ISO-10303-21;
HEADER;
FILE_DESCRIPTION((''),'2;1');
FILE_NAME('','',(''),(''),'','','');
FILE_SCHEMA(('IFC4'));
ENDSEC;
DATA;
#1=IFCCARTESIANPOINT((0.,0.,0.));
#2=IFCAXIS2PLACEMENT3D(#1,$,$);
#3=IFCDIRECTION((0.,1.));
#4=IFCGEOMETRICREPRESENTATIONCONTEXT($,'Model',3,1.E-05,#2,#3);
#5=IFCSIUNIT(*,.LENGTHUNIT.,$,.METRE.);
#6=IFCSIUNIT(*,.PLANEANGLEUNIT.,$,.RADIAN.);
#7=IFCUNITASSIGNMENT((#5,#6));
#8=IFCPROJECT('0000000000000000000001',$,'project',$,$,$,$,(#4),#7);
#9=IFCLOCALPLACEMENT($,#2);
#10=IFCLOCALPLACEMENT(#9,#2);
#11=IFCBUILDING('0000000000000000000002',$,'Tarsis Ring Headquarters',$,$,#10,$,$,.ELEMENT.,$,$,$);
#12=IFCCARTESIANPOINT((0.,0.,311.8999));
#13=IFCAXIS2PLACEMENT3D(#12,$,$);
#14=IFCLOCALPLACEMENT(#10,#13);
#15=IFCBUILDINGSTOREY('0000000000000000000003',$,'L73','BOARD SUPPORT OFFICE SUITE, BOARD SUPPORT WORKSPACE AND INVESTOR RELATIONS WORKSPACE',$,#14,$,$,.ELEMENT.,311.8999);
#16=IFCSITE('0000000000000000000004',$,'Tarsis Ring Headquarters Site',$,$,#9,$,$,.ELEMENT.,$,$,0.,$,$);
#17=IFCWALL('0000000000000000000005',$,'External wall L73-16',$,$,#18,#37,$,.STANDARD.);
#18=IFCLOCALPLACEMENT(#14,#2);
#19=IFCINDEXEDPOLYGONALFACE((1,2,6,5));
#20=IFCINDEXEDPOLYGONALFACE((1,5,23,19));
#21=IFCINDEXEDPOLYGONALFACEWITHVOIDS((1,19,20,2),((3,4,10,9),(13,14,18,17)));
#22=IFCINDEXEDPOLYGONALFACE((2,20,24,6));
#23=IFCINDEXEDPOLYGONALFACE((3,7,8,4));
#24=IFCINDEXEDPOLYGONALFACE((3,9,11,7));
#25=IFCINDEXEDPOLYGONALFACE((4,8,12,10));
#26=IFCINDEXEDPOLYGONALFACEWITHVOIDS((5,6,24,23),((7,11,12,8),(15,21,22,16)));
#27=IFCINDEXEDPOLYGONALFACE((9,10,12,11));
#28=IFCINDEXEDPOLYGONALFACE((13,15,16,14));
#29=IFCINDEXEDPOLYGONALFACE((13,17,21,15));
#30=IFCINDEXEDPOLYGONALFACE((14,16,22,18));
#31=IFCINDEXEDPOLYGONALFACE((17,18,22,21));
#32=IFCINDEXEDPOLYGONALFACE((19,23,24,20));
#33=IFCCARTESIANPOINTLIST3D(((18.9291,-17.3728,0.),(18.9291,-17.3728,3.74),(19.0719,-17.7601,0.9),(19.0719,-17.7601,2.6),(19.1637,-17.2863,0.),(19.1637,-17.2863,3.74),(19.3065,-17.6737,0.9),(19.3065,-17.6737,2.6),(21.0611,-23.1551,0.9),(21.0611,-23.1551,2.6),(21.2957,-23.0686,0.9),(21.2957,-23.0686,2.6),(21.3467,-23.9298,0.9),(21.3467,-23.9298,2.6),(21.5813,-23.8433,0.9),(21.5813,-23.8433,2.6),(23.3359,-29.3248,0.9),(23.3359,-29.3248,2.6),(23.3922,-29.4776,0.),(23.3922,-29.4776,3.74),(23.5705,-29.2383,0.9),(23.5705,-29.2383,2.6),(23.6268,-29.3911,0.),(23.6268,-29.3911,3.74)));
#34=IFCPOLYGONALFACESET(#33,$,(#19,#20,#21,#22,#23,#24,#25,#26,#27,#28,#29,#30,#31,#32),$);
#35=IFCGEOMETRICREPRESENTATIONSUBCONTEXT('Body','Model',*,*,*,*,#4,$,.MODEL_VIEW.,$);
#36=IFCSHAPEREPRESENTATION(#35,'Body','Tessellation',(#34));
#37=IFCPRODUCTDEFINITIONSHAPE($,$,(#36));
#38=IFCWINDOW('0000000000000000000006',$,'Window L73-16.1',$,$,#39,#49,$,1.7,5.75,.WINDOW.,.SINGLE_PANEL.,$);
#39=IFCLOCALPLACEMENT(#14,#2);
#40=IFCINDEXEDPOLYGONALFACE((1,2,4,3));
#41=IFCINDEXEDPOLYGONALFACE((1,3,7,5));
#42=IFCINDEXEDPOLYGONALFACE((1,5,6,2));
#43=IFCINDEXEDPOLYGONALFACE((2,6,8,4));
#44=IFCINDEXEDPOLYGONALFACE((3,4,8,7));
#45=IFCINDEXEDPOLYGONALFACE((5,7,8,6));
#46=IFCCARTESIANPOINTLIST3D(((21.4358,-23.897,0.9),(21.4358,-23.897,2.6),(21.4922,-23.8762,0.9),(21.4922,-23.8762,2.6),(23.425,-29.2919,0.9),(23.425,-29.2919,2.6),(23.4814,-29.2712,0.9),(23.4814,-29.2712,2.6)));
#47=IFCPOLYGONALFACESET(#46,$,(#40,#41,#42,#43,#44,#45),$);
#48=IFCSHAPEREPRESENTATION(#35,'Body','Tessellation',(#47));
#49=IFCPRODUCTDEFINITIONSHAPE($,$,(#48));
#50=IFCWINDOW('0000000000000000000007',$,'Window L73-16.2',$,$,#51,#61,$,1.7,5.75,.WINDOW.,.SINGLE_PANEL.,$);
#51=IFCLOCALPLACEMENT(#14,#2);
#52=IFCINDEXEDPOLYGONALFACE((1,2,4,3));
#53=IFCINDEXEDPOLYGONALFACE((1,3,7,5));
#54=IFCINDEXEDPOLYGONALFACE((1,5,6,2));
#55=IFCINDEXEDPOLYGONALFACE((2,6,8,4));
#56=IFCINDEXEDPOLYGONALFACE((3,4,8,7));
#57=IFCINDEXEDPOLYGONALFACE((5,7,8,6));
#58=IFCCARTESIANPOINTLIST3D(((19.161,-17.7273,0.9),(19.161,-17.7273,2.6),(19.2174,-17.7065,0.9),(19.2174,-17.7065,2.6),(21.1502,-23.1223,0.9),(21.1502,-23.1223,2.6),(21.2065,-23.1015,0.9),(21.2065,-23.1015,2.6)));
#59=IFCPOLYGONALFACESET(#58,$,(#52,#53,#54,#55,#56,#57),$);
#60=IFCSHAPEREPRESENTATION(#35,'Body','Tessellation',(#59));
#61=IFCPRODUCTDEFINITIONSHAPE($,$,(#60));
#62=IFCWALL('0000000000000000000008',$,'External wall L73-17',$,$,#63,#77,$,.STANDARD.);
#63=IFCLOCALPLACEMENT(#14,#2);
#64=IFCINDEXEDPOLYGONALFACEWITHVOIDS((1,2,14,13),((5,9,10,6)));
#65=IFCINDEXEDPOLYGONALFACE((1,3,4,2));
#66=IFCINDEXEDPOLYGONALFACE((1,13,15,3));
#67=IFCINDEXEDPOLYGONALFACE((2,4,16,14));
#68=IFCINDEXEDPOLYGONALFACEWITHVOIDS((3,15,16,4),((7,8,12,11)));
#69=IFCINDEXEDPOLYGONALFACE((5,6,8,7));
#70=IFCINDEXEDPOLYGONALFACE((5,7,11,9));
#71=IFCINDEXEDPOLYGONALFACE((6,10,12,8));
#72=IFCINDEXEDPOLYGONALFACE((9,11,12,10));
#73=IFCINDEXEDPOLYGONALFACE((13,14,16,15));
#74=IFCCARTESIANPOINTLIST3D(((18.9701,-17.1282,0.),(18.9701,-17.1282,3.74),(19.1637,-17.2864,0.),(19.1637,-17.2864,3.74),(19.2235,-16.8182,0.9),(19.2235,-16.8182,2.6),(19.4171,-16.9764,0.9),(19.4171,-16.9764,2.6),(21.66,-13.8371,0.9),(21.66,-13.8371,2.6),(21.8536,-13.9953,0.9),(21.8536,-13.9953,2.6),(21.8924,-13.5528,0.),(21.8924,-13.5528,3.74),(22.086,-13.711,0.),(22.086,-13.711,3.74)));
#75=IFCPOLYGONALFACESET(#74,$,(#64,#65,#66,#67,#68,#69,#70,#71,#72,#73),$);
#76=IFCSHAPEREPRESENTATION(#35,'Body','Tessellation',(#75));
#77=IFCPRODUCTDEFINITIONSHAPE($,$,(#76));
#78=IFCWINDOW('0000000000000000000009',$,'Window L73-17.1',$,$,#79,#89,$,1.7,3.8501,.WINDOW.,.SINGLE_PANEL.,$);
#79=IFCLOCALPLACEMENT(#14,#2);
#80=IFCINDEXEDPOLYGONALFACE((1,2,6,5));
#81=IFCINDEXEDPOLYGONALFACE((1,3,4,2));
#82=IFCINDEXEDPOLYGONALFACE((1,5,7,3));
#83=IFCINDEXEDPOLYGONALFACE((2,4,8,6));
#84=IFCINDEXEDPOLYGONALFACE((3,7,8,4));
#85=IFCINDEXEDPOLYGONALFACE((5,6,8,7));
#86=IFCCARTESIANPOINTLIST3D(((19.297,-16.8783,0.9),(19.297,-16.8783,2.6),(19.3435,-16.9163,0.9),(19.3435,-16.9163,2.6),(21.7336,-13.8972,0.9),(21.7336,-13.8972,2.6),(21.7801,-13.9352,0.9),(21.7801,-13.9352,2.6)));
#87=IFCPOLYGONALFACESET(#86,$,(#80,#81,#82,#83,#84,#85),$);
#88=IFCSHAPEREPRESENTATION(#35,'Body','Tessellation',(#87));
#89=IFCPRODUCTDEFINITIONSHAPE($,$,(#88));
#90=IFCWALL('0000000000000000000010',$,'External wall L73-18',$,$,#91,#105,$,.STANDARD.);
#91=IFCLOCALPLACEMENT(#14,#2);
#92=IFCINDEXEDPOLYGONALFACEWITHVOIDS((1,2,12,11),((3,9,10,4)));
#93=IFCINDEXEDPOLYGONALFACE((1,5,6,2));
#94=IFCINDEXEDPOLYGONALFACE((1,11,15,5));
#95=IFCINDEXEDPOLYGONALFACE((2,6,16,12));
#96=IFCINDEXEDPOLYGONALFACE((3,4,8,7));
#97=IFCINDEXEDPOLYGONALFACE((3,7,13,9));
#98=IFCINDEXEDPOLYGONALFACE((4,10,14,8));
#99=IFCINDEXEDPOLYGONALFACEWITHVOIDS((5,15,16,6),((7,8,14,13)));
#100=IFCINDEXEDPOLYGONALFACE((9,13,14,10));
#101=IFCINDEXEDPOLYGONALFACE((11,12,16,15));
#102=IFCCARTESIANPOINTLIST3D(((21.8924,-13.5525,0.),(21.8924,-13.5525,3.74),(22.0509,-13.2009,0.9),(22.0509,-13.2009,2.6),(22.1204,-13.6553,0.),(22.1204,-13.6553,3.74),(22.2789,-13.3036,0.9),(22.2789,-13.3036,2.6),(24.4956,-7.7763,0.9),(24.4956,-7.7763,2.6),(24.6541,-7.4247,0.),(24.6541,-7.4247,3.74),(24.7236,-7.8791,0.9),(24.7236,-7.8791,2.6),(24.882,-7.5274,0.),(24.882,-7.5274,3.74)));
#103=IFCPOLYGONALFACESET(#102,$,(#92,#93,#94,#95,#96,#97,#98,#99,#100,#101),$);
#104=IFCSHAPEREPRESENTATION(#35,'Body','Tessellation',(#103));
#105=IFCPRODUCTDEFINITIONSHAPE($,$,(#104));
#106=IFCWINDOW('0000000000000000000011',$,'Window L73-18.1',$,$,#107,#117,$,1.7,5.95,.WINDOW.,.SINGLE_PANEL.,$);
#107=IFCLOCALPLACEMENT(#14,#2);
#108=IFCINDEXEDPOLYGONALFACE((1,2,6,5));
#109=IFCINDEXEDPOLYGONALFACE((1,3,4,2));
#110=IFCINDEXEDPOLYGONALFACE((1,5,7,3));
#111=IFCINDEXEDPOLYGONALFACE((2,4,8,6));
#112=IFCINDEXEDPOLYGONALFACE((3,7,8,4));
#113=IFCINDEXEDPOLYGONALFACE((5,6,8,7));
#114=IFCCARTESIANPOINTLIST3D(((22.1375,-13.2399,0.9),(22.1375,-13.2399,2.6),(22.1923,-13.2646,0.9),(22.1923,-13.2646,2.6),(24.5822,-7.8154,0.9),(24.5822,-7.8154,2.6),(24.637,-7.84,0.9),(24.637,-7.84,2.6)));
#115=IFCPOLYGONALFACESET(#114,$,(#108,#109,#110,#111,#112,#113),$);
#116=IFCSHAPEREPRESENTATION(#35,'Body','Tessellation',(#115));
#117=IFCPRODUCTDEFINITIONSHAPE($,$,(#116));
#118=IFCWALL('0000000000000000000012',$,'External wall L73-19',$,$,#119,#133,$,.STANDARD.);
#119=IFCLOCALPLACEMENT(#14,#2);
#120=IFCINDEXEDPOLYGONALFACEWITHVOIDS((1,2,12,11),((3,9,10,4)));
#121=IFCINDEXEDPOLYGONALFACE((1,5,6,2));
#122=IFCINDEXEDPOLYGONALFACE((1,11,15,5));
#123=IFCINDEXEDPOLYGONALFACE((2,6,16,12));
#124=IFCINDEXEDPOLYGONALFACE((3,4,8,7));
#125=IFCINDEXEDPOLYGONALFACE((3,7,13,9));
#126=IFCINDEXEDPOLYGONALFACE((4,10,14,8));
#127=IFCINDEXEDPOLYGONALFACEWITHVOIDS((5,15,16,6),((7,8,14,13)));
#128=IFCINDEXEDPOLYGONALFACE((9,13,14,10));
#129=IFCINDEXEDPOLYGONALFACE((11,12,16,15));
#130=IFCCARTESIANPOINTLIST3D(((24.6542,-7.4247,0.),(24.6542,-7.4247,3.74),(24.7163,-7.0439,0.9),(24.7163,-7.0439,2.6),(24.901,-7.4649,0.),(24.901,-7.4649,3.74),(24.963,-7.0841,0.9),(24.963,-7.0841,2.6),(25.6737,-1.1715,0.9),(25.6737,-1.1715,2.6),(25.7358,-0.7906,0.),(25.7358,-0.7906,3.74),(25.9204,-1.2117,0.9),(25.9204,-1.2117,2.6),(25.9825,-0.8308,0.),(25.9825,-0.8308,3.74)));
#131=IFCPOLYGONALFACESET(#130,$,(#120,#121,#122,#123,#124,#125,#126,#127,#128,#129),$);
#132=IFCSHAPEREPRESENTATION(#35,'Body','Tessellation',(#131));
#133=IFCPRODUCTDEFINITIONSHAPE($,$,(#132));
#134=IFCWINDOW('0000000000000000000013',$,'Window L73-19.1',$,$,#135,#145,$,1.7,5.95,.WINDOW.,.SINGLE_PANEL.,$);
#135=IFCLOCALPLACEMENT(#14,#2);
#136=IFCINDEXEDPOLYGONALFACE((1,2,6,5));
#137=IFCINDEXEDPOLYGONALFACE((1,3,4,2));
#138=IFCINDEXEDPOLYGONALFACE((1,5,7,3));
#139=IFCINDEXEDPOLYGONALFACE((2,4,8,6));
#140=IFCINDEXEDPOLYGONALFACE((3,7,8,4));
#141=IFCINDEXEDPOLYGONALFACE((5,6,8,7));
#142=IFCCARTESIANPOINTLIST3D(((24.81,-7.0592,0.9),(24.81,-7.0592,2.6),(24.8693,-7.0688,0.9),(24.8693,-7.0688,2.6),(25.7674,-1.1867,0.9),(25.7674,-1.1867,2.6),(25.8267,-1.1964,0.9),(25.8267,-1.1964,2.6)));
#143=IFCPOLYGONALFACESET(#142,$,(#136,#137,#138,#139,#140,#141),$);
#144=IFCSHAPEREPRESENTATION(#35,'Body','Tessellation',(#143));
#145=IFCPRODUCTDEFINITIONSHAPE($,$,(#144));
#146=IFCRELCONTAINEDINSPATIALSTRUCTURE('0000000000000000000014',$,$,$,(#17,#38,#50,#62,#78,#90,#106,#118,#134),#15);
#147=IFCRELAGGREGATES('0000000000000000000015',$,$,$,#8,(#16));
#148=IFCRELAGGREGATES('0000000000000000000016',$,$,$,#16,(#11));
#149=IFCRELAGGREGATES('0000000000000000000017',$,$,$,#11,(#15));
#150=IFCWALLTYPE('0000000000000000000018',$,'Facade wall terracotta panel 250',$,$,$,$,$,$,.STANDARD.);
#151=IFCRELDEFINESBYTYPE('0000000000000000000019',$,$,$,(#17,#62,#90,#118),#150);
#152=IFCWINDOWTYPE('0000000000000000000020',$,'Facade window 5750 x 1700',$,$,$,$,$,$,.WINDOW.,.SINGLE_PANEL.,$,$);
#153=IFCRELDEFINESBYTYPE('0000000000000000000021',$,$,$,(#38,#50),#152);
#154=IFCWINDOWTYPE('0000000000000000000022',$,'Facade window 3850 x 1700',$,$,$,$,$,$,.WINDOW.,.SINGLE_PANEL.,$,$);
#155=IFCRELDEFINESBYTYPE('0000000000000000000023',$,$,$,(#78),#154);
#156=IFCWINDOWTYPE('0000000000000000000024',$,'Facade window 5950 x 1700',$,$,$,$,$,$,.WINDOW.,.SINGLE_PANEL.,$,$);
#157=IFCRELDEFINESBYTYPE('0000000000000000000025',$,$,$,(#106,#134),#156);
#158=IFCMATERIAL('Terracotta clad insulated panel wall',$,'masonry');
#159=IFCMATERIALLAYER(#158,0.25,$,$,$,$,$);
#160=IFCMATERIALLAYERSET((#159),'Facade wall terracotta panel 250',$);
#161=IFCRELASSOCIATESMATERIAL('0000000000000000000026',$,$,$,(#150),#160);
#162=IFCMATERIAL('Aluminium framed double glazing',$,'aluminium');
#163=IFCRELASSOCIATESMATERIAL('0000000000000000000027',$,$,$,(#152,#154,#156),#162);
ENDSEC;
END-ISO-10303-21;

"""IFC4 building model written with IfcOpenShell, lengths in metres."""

from ifc_helpers import new_model, si_unit, direction, frame, frame_2d, origin, place, context, subcontext, project, spatial, rectangle, extrude, material, layer, layer_set, type_object, element, fill, save


model = new_model("IFC4")

# Units and contexts
model_context = context("Model", 3, precision=1e-05, world=origin(), true_north=direction((0.0, 1.0)))
body_context = subcontext(model_context, "Body", "Model", "MODEL_VIEW")
ifc_project = project(units=[si_unit("LENGTHUNIT", "METRE"), si_unit("PLANEANGLEUNIT", "RADIAN")], contexts=[model_context])

# Site, building, storey
site_placement = place(None, origin())
site = spatial("IfcSite", under=ifc_project, at=site_placement, Name="Tarsis Ring Headquarters Site", CompositionType="ELEMENT", RefElevation=0.0)
building_placement = place(site_placement, origin())
building = spatial("IfcBuilding", under=site, at=building_placement, Name="Tarsis Ring Headquarters", CompositionType="ELEMENT")
storey_placement = place(building_placement, frame((0.0, 0.0, 311.8999)))
storey = spatial("IfcBuildingStorey", under=building, at=storey_placement, Name="L73", Description="BOARD SUPPORT OFFICE SUITE, BOARD SUPPORT WORKSPACE AND INVESTOR RELATIONS WORKSPACE", CompositionType="ELEMENT", Elevation=311.8999)

# Shared definitions
ifc_material_1 = material(Name="Terracotta clad insulated panel wall", Category="masonry")
ifc_layer = layer(ifc_material_1, 0.25)
ifc_layer_set = layer_set([ifc_layer], Name="Facade wall terracotta panel 250")
wall_type = type_object("IfcWallType", Name="Facade wall terracotta panel 250", PredefinedType="STANDARD", material=ifc_layer_set)

# Wall, openings, windows
wall_1_placement = place(storey_placement, frame((23.5095, -29.4343, 0.0), z_axis=(0.0, 0.0, 1.0), x_axis=(-0.345944, 0.938255, 0.0)))
wall_1 = element("IfcWall", 1, at=wall_1_placement, inside=storey, type_object=wall_type, Name="External wall L73-16", PredefinedType="STANDARD", context=body_context, shape_type="SweptSolid", body=[
    extrude(rectangle(XDim=12.9014, YDim=0.25, at=frame_2d((6.4507, 0.0))), origin(), (0.0, 0.0, 1.0), 3.74),
])
opening_1_placement = place(wall_1_placement, frame((0.1628, 0.0, 0.8999)))
opening_1 = element("IfcOpeningElement", 2, at=opening_1_placement, cuts=wall_1, PredefinedType="OPENING", context=body_context, shape_type="SweptSolid", body=[
    extrude(rectangle(XDim=5.75, YDim=1.7, at=frame_2d((2.875, 0.8501))), frame((0.0, 0.135, 0.0), z_axis=(0.0, -1.0, 0.0), x_axis=(1.0, 0.0, 0.0)), (0.0, 0.0, 1.0), 0.27),
])
opening_2_placement = place(wall_1_placement, frame((6.7385, 0.0, 0.8999)))
opening_2 = element("IfcOpeningElement", 3, at=opening_2_placement, cuts=wall_1, PredefinedType="OPENING", context=body_context, shape_type="SweptSolid", body=[
    extrude(rectangle(XDim=5.75, YDim=1.7, at=frame_2d((2.875, 0.8501))), frame((0.0, 0.135, 0.0), z_axis=(0.0, -1.0, 0.0), x_axis=(1.0, 0.0, 0.0)), (0.0, 0.0, 1.0), 0.27),
])
ifc_material_2 = material(Name="Aluminium framed double glazing", Category="aluminium")
window_type_1 = type_object("IfcWindowType", Name="Facade window 5750 x 1700", PartitioningType="SINGLE_PANEL", PredefinedType="WINDOW", material=ifc_material_2)
window_1_placement = place(opening_1_placement, origin())
window_1 = element("IfcWindow", 4, at=window_1_placement, inside=storey, type_object=window_type_1, Name="Window L73-16.1", OverallHeight=1.7, OverallWidth=5.75, PartitioningType="SINGLE_PANEL", PredefinedType="WINDOW", context=body_context, shape_type="SweptSolid", body=[
    extrude(rectangle(XDim=5.75, YDim=1.7, at=frame_2d((2.875, 0.8501))), frame((0.0, 0.03, 0.0), z_axis=(0.0, -1.0, 0.0), x_axis=(1.0, 0.0, 0.0)), (0.0, 0.0, 1.0), 0.0601),
])
fill(opening_1, window_1)
window_2_placement = place(opening_2_placement, origin())
window_2 = element("IfcWindow", 5, at=window_2_placement, inside=storey, type_object=window_type_1, Name="Window L73-16.2", OverallHeight=1.7, OverallWidth=5.75, PartitioningType="SINGLE_PANEL", PredefinedType="WINDOW", context=body_context, shape_type="SweptSolid", body=[
    extrude(rectangle(XDim=5.75, YDim=1.7, at=frame_2d((2.875, 0.8501))), frame((0.0, 0.03, 0.0), z_axis=(0.0, -1.0, 0.0), x_axis=(1.0, 0.0, 0.0)), (0.0, 0.0, 1.0), 0.0601),
])
fill(opening_2, window_2)

# Walls, openings, windows
wall_2_placement = place(storey_placement, frame((19.0669, -17.2073, 0.0), z_axis=(0.0, 0.0, 1.0), x_axis=(0.632849, 0.774275, 0.0)))
wall_2 = element("IfcWall", 6, at=wall_2_placement, inside=storey, type_object=wall_type, Name="External wall L73-17", PredefinedType="STANDARD", context=body_context, shape_type="SweptSolid", body=[
    extrude(rectangle(XDim=4.6177, YDim=0.25, at=frame_2d((2.3088, 0.0))), origin(), (0.0, 0.0, 1.0), 3.74),
])
opening_3_placement = place(wall_2_placement, frame((0.4004, 0.0, 0.8999)))
opening_3 = element("IfcOpeningElement", 7, at=opening_3_placement, cuts=wall_2, PredefinedType="OPENING", context=body_context, shape_type="SweptSolid", body=[
    extrude(rectangle(XDim=3.8501, YDim=1.7, at=frame_2d((1.925, 0.8501))), frame((0.0, 0.135, 0.0), z_axis=(0.0, -1.0, 0.0), x_axis=(1.0, 0.0, 0.0)), (0.0, 0.0, 1.0), 0.27),
])
window_type_2 = type_object("IfcWindowType", Name="Facade window 3850 x 1700", PartitioningType="SINGLE_PANEL", PredefinedType="WINDOW", material=ifc_material_2)
window_3_placement = place(opening_3_placement, origin())
window_3 = element("IfcWindow", 8, at=window_3_placement, inside=storey, type_object=window_type_2, Name="Window L73-17.1", OverallHeight=1.7, OverallWidth=3.8501, PartitioningType="SINGLE_PANEL", PredefinedType="WINDOW", context=body_context, shape_type="SweptSolid", body=[
    extrude(rectangle(XDim=3.8501, YDim=1.7, at=frame_2d((1.925, 0.8501))), frame((0.0, 0.03, 0.0), z_axis=(0.0, -1.0, 0.0), x_axis=(1.0, 0.0, 0.0)), (0.0, 0.0, 1.0), 0.0601),
])
fill(opening_3, window_3)
wall_3_placement = place(storey_placement, frame((22.0063, -13.604, 0.0), z_axis=(0.0, 0.0, 1.0), x_axis=(0.410878, 0.91169, 0.0)))
wall_3 = element("IfcWall", 9, at=wall_3_placement, inside=storey, type_object=wall_type, Name="External wall L73-18", PredefinedType="STANDARD", context=body_context, shape_type="SweptSolid", body=[
    extrude(rectangle(XDim=6.7214, YDim=0.25, at=frame_2d((3.3608, 0.0))), origin(), (0.0, 0.0, 1.0), 3.74),
])
opening_4_placement = place(wall_3_placement, frame((0.3857, 0.0, 0.8999)))
opening_4 = element("IfcOpeningElement", 10, at=opening_4_placement, cuts=wall_3, PredefinedType="OPENING", context=body_context, shape_type="SweptSolid", body=[
    extrude(rectangle(XDim=5.95, YDim=1.7, at=frame_2d((2.9751, 0.8501))), frame((0.0, 0.135, 0.0), z_axis=(0.0, -1.0, 0.0), x_axis=(1.0, 0.0, 0.0)), (0.0, 0.0, 1.0), 0.27),
])
window_type_3 = type_object("IfcWindowType", Name="Facade window 5950 x 1700", PartitioningType="SINGLE_PANEL", PredefinedType="WINDOW", material=ifc_material_2)
window_4_placement = place(opening_4_placement, origin())
window_4 = element("IfcWindow", 11, at=window_4_placement, inside=storey, type_object=window_type_3, Name="Window L73-18.1", OverallHeight=1.7, OverallWidth=5.95, PartitioningType="SINGLE_PANEL", PredefinedType="WINDOW", context=body_context, shape_type="SweptSolid", body=[
    extrude(rectangle(XDim=5.95, YDim=1.7, at=frame_2d((2.9751, 0.8501))), frame((0.0, 0.03, 0.0), z_axis=(0.0, -1.0, 0.0), x_axis=(1.0, 0.0, 0.0)), (0.0, 0.0, 1.0), 0.0601),
])
fill(opening_4, window_4)
wall_4_placement = place(storey_placement, frame((24.7776, -7.4448, 0.0), z_axis=(0.0, 0.0, 1.0), x_axis=(0.160905, 0.98697, 0.0)))
wall_4 = element("IfcWall", 12, at=wall_4_placement, inside=storey, type_object=wall_type, Name="External wall L73-19", PredefinedType="STANDARD", context=body_context, shape_type="SweptSolid", body=[
    extrude(rectangle(XDim=6.7217, YDim=0.25, at=frame_2d((3.3608, 0.0))), origin(), (0.0, 0.0, 1.0), 3.74),
])
opening_5_placement = place(wall_4_placement, frame((0.3857, 0.0, 0.8999)))
opening_5 = element("IfcOpeningElement", 13, at=opening_5_placement, cuts=wall_4, PredefinedType="OPENING", context=body_context, shape_type="SweptSolid", body=[
    extrude(rectangle(XDim=5.95, YDim=1.7, at=frame_2d((2.9751, 0.8501))), frame((0.0, 0.135, 0.0), z_axis=(0.0, -1.0, 0.0), x_axis=(1.0, 0.0, 0.0)), (0.0, 0.0, 1.0), 0.27),
])
window_5_placement = place(opening_5_placement, origin())
window_5 = element("IfcWindow", 14, at=window_5_placement, inside=storey, type_object=window_type_3, Name="Window L73-19.1", OverallHeight=1.7, OverallWidth=5.95, PartitioningType="SINGLE_PANEL", PredefinedType="WINDOW", context=body_context, shape_type="SweptSolid", body=[
    extrude(rectangle(XDim=5.95, YDim=1.7, at=frame_2d((2.9751, 0.8501))), frame((0.0, 0.03, 0.0), z_axis=(0.0, -1.0, 0.0), x_axis=(1.0, 0.0, 0.0)), (0.0, 0.0, 1.0), 0.0601),
])
fill(opening_5, window_5)

save(model, "model.ifc")
